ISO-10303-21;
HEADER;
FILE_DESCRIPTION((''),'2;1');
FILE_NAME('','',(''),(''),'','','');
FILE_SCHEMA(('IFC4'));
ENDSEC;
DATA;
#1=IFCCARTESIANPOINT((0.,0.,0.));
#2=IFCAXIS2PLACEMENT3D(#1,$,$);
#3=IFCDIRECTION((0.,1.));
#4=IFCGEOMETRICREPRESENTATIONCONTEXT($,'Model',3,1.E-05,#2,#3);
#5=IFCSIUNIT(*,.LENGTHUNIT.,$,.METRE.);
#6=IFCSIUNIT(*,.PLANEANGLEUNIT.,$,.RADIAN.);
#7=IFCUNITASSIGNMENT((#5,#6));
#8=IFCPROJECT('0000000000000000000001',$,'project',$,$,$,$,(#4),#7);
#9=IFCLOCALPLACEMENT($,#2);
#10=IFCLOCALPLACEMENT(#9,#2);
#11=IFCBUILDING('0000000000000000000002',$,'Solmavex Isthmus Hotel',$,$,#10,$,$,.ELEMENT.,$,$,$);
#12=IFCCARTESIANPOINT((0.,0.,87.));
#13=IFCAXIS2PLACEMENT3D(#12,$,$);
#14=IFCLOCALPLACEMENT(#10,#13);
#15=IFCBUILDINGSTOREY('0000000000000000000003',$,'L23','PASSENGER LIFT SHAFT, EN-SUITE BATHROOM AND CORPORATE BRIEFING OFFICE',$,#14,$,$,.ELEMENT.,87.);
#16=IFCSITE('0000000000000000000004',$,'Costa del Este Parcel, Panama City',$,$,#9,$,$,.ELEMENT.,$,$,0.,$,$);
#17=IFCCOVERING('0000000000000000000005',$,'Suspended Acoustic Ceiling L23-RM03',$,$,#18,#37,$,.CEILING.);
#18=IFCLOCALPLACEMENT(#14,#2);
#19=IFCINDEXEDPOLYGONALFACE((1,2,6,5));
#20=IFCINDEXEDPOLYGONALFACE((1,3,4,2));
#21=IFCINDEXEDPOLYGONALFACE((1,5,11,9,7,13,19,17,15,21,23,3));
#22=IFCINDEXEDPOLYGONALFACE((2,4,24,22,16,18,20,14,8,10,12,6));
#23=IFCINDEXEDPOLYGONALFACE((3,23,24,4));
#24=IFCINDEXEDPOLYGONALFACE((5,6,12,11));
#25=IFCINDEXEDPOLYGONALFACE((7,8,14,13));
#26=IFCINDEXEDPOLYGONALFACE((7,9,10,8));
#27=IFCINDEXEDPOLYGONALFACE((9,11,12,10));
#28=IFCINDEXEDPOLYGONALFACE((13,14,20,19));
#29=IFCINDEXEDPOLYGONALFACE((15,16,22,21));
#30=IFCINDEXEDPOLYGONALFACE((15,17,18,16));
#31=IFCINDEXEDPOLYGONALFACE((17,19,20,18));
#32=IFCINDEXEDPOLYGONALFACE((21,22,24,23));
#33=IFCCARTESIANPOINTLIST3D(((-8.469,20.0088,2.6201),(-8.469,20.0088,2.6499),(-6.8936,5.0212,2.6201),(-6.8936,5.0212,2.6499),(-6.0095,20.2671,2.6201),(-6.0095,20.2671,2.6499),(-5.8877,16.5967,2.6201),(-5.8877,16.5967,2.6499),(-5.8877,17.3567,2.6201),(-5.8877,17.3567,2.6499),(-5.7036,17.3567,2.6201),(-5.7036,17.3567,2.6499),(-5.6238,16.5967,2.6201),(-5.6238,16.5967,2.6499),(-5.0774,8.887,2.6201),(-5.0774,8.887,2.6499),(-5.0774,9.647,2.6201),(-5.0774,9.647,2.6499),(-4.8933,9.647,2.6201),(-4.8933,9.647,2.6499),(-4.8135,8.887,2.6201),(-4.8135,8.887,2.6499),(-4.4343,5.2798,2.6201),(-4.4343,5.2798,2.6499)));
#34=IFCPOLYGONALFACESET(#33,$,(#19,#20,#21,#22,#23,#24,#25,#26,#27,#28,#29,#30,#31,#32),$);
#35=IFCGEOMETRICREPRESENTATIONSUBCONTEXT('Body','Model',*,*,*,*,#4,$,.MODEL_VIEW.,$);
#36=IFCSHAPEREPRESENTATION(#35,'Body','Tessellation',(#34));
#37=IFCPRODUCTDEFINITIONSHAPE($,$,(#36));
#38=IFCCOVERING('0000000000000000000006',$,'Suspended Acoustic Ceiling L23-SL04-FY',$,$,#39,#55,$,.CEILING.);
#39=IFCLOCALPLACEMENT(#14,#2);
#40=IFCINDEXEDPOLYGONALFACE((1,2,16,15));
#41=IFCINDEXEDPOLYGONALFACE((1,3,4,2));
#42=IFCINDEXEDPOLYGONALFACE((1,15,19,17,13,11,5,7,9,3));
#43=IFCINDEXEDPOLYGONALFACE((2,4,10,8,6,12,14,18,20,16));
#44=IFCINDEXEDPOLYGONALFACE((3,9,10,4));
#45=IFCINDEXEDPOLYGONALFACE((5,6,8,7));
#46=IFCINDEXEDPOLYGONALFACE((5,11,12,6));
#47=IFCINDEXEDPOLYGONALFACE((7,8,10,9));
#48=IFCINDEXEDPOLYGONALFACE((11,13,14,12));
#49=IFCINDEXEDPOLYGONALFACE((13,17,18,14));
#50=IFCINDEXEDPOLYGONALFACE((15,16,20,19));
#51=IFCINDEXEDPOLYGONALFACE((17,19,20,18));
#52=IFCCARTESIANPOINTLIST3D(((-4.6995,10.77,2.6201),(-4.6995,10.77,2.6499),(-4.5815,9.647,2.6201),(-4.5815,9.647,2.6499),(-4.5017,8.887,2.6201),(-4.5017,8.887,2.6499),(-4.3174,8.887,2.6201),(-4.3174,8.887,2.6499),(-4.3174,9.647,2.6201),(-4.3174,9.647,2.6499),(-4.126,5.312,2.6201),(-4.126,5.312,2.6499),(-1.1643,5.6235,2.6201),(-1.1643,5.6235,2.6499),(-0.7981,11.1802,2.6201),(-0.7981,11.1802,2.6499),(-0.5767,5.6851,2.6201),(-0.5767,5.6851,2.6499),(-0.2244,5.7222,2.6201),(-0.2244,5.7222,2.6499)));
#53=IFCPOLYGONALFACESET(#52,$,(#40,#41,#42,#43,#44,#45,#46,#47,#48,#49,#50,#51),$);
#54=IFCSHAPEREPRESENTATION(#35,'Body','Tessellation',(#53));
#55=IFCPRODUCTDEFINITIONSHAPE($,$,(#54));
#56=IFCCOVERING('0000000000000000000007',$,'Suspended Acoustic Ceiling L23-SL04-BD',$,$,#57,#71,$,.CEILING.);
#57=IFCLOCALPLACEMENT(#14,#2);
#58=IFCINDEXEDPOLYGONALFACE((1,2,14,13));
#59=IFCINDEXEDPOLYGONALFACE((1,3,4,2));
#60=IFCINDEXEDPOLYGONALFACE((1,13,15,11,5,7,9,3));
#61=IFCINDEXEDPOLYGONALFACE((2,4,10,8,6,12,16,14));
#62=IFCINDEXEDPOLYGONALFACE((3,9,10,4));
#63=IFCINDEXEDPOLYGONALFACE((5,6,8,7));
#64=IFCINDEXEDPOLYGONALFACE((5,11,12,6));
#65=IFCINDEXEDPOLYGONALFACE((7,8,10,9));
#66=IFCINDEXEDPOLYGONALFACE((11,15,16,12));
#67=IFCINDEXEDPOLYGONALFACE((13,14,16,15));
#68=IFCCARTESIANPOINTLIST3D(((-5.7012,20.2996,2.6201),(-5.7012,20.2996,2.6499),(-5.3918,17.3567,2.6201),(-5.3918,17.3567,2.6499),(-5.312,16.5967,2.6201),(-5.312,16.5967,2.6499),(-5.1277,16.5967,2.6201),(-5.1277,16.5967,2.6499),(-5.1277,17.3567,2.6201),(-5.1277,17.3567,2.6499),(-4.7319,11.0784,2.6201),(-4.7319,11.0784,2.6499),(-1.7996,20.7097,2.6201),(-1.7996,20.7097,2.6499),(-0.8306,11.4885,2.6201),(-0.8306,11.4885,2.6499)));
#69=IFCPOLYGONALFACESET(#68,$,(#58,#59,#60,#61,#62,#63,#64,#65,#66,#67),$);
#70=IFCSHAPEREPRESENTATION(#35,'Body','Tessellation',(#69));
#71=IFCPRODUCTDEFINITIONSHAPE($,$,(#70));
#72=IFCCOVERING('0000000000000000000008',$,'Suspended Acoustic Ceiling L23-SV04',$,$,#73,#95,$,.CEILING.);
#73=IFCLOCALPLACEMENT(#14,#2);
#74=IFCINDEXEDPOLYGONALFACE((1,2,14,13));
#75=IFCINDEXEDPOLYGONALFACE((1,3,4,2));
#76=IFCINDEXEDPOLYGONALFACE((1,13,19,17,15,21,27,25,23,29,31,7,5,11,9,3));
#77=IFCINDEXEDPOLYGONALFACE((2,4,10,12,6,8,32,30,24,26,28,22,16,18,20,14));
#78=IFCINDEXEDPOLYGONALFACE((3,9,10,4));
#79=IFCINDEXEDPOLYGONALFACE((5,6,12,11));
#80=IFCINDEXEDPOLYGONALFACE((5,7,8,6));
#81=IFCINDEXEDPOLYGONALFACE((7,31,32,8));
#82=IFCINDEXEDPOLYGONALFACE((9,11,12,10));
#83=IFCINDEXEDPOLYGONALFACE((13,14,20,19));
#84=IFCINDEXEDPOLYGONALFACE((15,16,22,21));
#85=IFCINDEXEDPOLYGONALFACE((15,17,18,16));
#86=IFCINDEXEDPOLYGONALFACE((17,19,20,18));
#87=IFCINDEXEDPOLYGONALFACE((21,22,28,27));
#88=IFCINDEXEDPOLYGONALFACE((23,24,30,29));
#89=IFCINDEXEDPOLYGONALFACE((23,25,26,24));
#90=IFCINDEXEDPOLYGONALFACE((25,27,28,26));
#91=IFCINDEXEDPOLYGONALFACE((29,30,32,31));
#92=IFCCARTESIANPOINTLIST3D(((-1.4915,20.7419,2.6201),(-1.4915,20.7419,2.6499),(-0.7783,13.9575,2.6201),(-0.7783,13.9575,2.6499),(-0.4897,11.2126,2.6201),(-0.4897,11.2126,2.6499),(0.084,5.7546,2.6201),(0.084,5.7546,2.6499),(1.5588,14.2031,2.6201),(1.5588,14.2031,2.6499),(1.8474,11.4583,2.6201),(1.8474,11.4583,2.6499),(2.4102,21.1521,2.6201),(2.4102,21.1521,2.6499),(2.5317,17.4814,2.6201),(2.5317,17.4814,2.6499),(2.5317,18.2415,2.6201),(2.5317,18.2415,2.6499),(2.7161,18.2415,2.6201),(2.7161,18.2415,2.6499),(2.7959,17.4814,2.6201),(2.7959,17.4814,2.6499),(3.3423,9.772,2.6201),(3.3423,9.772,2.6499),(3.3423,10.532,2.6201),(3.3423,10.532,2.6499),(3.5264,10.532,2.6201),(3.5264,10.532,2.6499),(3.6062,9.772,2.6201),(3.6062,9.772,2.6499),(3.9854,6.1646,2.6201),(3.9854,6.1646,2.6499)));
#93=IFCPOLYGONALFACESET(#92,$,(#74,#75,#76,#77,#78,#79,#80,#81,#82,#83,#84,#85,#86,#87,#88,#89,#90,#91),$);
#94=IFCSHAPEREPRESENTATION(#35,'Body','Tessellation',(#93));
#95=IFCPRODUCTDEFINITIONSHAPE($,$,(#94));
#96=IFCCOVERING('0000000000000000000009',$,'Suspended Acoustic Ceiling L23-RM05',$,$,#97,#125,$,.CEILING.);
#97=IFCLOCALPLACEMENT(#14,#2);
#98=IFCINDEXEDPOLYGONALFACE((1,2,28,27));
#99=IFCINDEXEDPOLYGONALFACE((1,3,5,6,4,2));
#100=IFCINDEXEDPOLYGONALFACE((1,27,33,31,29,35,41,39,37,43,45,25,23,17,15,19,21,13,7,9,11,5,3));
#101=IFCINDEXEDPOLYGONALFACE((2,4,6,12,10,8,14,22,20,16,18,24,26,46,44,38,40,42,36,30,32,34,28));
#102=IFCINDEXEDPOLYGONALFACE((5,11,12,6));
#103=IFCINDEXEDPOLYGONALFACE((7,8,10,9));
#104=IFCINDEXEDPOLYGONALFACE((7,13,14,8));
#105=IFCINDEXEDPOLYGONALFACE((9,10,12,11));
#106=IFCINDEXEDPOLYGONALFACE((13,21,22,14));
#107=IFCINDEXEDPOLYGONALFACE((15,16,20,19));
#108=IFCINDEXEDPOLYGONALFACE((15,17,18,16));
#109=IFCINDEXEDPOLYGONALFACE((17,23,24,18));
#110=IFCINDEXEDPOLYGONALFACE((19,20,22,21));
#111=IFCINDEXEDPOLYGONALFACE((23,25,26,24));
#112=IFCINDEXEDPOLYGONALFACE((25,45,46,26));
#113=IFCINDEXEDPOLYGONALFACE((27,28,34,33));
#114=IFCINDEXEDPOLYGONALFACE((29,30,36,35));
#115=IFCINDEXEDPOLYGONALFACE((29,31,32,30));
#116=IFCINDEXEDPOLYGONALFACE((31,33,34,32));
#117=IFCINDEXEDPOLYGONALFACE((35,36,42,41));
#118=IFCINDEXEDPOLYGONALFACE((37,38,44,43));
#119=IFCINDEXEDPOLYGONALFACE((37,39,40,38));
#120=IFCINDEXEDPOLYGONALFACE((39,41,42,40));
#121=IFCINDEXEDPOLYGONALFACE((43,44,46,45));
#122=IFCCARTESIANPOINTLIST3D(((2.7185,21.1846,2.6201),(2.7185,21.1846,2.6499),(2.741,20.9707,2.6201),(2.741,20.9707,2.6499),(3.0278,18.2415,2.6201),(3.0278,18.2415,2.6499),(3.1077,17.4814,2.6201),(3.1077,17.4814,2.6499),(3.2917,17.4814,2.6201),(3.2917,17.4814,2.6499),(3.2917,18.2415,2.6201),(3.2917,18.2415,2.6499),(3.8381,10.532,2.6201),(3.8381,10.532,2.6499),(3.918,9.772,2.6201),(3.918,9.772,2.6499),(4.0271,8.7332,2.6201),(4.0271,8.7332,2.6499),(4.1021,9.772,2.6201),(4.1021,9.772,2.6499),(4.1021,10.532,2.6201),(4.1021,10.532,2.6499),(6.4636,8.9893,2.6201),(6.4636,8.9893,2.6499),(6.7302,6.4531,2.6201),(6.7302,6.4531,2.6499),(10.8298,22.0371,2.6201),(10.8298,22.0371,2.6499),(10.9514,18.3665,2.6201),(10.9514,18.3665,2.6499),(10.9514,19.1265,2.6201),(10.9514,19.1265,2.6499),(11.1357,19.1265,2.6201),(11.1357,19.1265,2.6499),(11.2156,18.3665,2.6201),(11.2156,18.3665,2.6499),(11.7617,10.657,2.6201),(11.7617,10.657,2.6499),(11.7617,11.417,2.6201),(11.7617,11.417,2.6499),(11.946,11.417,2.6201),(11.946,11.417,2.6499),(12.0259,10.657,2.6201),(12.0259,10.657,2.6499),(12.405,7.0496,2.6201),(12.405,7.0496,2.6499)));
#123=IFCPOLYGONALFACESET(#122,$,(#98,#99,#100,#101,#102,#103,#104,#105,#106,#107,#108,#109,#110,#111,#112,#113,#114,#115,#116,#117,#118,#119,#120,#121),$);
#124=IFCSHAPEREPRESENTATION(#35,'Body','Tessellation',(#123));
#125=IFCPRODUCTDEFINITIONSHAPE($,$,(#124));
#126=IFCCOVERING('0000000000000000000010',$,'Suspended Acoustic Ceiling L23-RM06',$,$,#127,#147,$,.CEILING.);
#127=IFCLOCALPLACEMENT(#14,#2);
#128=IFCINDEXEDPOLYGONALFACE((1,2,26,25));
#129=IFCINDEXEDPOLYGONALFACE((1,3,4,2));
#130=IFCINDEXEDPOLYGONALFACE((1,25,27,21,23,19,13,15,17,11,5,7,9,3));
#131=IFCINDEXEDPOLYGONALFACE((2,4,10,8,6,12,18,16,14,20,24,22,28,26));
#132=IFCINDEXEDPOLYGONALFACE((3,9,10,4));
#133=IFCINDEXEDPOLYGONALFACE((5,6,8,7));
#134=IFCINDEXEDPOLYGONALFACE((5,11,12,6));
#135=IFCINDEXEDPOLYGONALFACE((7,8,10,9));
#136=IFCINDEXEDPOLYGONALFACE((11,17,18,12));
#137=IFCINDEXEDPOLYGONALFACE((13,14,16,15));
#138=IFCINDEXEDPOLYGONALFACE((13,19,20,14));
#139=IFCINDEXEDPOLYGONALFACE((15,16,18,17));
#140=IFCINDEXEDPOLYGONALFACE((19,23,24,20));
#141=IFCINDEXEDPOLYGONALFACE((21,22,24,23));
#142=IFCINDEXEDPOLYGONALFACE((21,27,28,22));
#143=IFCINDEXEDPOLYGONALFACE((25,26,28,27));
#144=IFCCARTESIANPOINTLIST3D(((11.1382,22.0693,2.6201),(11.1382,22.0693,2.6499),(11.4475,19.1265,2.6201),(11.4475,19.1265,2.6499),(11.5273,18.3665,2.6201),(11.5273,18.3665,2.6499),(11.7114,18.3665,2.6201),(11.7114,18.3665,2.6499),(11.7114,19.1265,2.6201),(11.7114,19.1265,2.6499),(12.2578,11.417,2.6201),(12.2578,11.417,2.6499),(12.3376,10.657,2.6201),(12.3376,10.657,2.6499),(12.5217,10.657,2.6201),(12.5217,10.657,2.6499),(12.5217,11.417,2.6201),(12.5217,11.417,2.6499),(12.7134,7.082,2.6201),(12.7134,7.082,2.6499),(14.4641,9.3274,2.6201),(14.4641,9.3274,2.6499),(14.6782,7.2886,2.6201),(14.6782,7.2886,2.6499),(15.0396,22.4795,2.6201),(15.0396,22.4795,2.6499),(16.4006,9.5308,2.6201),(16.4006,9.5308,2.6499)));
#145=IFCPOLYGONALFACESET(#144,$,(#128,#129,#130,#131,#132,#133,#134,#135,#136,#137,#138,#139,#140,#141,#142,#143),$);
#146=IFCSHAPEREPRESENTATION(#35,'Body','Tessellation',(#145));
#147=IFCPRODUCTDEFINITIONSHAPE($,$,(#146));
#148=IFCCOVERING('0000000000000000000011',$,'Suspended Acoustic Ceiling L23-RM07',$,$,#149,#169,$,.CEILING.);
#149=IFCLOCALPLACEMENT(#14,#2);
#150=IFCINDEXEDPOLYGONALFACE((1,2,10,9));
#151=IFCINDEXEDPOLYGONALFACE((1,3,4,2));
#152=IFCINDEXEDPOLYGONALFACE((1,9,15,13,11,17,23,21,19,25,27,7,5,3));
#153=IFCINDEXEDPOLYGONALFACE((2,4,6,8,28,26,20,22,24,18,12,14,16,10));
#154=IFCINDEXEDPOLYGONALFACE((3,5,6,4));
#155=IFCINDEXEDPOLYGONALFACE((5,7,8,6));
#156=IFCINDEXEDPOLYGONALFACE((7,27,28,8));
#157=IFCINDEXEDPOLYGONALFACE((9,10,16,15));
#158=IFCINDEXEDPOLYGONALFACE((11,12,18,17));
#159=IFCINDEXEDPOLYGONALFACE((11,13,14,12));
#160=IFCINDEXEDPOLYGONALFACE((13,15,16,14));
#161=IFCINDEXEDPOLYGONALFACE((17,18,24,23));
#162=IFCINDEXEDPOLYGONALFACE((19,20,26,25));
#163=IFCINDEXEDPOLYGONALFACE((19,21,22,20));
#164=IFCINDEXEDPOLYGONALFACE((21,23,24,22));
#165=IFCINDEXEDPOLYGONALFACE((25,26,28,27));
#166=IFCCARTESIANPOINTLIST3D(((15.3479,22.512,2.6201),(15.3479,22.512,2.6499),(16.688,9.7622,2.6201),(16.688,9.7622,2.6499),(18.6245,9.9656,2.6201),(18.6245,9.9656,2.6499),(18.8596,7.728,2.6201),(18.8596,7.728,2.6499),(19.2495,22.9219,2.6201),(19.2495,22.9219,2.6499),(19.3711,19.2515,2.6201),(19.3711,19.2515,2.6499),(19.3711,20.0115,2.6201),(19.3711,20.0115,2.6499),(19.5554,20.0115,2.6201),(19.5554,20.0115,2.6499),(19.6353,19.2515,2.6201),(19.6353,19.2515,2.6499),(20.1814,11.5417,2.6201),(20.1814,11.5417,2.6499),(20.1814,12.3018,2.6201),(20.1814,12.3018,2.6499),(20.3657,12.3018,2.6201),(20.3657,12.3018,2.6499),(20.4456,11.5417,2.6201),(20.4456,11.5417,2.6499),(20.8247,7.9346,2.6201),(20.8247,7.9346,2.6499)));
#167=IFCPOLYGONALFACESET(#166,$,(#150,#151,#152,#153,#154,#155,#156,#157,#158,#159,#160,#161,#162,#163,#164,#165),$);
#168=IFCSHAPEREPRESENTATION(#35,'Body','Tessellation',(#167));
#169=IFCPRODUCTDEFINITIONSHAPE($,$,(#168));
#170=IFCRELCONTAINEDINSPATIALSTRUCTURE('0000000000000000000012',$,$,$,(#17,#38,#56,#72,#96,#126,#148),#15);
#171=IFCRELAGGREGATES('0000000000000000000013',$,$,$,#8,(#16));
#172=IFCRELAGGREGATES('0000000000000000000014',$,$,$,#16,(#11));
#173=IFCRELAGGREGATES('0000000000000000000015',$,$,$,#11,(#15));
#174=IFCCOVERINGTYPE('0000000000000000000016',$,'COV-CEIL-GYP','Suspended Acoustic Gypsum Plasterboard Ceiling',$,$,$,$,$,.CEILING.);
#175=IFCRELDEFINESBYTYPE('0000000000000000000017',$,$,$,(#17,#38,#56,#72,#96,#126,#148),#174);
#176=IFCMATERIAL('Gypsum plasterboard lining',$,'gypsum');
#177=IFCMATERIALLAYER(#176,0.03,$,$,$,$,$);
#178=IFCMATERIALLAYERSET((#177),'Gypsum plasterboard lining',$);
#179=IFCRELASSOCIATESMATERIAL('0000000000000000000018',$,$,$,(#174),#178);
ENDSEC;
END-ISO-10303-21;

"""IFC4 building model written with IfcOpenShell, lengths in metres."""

from ifc_helpers import new_model, si_unit, direction, frame, origin, place, context, subcontext, project, spatial, polyline, outline, extrude, material, layer, layer_set, type_object, element, save


model = new_model("IFC4")

# Units and contexts
model_context = context("Model", 3, precision=1e-05, world=origin(), true_north=direction((0.0, 1.0)))
body_context = subcontext(model_context, "Body", "Model", "MODEL_VIEW")
ifc_project = project(units=[si_unit("LENGTHUNIT", "METRE"), si_unit("PLANEANGLEUNIT", "RADIAN")], contexts=[model_context])

# Site, building, storey
site_placement = place(None, origin())
site = spatial("IfcSite", under=ifc_project, at=site_placement, Name="Costa del Este Parcel, Panama City", CompositionType="ELEMENT", RefElevation=0.0)
building_placement = place(site_placement, origin())
building = spatial("IfcBuilding", under=site, at=building_placement, Name="Solmavex Isthmus Hotel", CompositionType="ELEMENT")
storey_placement = place(building_placement, frame((0.0, 0.0, 87.0)))
storey = spatial("IfcBuildingStorey", under=building, at=storey_placement, Name="L23", Description="PASSENGER LIFT SHAFT, EN-SUITE BATHROOM AND CORPORATE BRIEFING OFFICE", CompositionType="ELEMENT", Elevation=87.0)

# Shared definitions
ifc_material_1 = material(Name="Gypsum plasterboard lining", Category="gypsum")

# Coverings
ifc_layer_1 = layer(ifc_material_1, 0.03)
ifc_layer_set_1 = layer_set([ifc_layer_1], Name="Gypsum plasterboard lining")
covering_type_1 = type_object("IfcCoveringType", Name="COV-CEIL-GYP", Description="Suspended Acoustic Gypsum Plasterboard Ceiling", PredefinedType="CEILING", material=ifc_layer_set_1)
covering_1_placement = place(storey_placement, frame((0.0, 0.0, 2.6201)))
element("IfcCovering", 1, at=covering_1_placement, inside=storey, type_object=covering_type_1, Name="Suspended Acoustic Ceiling L23-RM03", PredefinedType="CEILING", context=body_context, shape_type="SweptSolid", body=[
    extrude(outline(polyline([(-5.6238, 16.5967), (-5.8877, 16.5967), (-5.8877, 17.3567), (-5.7036, 17.3567), (-6.0095, 20.2671), (-8.469, 20.0088), (-6.8936, 5.0212), (-4.4343, 5.2798), (-4.8135, 8.887), (-5.0774, 8.887), (-5.0774, 9.647), (-4.8933, 9.647), (-5.6238, 16.5967)])), origin(), (0.0, 0.0, 1.0), 0.0298),
])
covering_2_placement = place(storey_placement, frame((0.0, 0.0, 2.6201)))
element("IfcCovering", 2, at=covering_2_placement, inside=storey, type_object=covering_type_1, Name="Suspended Acoustic Ceiling L23-SL04-FY", PredefinedType="CEILING", context=body_context, shape_type="SweptSolid", body=[
    extrude(outline(polyline([(-4.5815, 9.647), (-4.3174, 9.647), (-4.3174, 8.887), (-4.5017, 8.887), (-4.126, 5.312), (-1.1643, 5.6235), (-0.5767, 5.6851), (-0.2244, 5.7222), (-0.7981, 11.1802), (-4.6995, 10.77), (-4.5815, 9.647)])), origin(), (0.0, 0.0, 1.0), 0.0298),
])
covering_3_placement = place(storey_placement, frame((0.0, 0.0, 2.6201)))
element("IfcCovering", 3, at=covering_3_placement, inside=storey, type_object=covering_type_1, Name="Suspended Acoustic Ceiling L23-SL04-BD", PredefinedType="CEILING", context=body_context, shape_type="SweptSolid", body=[
    extrude(outline(polyline([(-5.3918, 17.3567), (-5.1277, 17.3567), (-5.1277, 16.5967), (-5.312, 16.5967), (-4.7319, 11.0784), (-0.8306, 11.4885), (-1.7996, 20.7097), (-5.7012, 20.2996), (-5.3918, 17.3567)])), origin(), (0.0, 0.0, 1.0), 0.0298),
])
covering_4_placement = place(storey_placement, frame((0.0, 0.0, 2.6201)))
element("IfcCovering", 4, at=covering_4_placement, inside=storey, type_object=covering_type_1, Name="Suspended Acoustic Ceiling L23-SV04", PredefinedType="CEILING", context=body_context, shape_type="SweptSolid", body=[
    extrude(outline(polyline([(-0.4897, 11.2126), (0.084, 5.7546), (3.9854, 6.1646), (3.6062, 9.772), (3.3423, 9.772), (3.3423, 10.532), (3.5264, 10.532), (2.7959, 17.4814), (2.5317, 17.4814), (2.5317, 18.2415), (2.7161, 18.2415), (2.4102, 21.1521), (-1.4915, 20.7419), (-0.7783, 13.9575), (1.5588, 14.2031), (1.8474, 11.4583), (-0.4897, 11.2126)])), origin(), (0.0, 0.0, 1.0), 0.0298),
])
covering_5_placement = place(storey_placement, frame((0.0, 0.0, 2.6201)))
element("IfcCovering", 5, at=covering_5_placement, inside=storey, type_object=covering_type_1, Name="Suspended Acoustic Ceiling L23-RM05", PredefinedType="CEILING", context=body_context, shape_type="SweptSolid", body=[
    extrude(outline(polyline([(3.8381, 10.532), (4.1021, 10.532), (4.1021, 9.772), (3.918, 9.772), (4.0271, 8.7332), (6.4636, 8.9893), (6.7302, 6.4531), (12.405, 7.0496), (12.0259, 10.657), (11.7617, 10.657), (11.7617, 11.417), (11.946, 11.417), (11.2156, 18.3665), (10.9514, 18.3665), (10.9514, 19.1265), (11.1357, 19.1265), (10.8298, 22.0371), (2.7185, 21.1846), (2.741, 20.9707), (3.0278, 18.2415), (3.2917, 18.2415), (3.2917, 17.4814), (3.1077, 17.4814), (3.8381, 10.532)])), origin(), (0.0, 0.0, 1.0), 0.0298),
])
covering_6_placement = place(storey_placement, frame((0.0, 0.0, 2.6201)))
element("IfcCovering", 6, at=covering_6_placement, inside=storey, type_object=covering_type_1, Name="Suspended Acoustic Ceiling L23-RM06", PredefinedType="CEILING", context=body_context, shape_type="SweptSolid", body=[
    extrude(outline(polyline([(12.2578, 11.417), (12.5217, 11.417), (12.5217, 10.657), (12.3376, 10.657), (12.7134, 7.082), (14.6782, 7.2886), (14.4641, 9.3274), (16.4006, 9.5308), (15.0396, 22.4795), (11.1382, 22.0693), (11.4475, 19.1265), (11.7114, 19.1265), (11.7114, 18.3665), (11.5273, 18.3665), (12.2578, 11.417)])), origin(), (0.0, 0.0, 1.0), 0.0298),
])
covering_7_placement = place(storey_placement, frame((0.0, 0.0, 2.6201)))
element("IfcCovering", 7, at=covering_7_placement, inside=storey, type_object=covering_type_1, Name="Suspended Acoustic Ceiling L23-RM07", PredefinedType="CEILING", context=body_context, shape_type="SweptSolid", body=[
    extrude(outline(polyline([(19.6353, 19.2515), (19.3711, 19.2515), (19.3711, 20.0115), (19.5554, 20.0115), (19.2495, 22.9219), (15.3479, 22.512), (16.688, 9.7622), (18.6245, 9.9656), (18.8596, 7.728), (20.8247, 7.9346), (20.4456, 11.5417), (20.1814, 11.5417), (20.1814, 12.3018), (20.3657, 12.3018), (19.6353, 19.2515)])), origin(), (0.0, 0.0, 1.0), 0.0298),
])

save(model, "model.ifc")
